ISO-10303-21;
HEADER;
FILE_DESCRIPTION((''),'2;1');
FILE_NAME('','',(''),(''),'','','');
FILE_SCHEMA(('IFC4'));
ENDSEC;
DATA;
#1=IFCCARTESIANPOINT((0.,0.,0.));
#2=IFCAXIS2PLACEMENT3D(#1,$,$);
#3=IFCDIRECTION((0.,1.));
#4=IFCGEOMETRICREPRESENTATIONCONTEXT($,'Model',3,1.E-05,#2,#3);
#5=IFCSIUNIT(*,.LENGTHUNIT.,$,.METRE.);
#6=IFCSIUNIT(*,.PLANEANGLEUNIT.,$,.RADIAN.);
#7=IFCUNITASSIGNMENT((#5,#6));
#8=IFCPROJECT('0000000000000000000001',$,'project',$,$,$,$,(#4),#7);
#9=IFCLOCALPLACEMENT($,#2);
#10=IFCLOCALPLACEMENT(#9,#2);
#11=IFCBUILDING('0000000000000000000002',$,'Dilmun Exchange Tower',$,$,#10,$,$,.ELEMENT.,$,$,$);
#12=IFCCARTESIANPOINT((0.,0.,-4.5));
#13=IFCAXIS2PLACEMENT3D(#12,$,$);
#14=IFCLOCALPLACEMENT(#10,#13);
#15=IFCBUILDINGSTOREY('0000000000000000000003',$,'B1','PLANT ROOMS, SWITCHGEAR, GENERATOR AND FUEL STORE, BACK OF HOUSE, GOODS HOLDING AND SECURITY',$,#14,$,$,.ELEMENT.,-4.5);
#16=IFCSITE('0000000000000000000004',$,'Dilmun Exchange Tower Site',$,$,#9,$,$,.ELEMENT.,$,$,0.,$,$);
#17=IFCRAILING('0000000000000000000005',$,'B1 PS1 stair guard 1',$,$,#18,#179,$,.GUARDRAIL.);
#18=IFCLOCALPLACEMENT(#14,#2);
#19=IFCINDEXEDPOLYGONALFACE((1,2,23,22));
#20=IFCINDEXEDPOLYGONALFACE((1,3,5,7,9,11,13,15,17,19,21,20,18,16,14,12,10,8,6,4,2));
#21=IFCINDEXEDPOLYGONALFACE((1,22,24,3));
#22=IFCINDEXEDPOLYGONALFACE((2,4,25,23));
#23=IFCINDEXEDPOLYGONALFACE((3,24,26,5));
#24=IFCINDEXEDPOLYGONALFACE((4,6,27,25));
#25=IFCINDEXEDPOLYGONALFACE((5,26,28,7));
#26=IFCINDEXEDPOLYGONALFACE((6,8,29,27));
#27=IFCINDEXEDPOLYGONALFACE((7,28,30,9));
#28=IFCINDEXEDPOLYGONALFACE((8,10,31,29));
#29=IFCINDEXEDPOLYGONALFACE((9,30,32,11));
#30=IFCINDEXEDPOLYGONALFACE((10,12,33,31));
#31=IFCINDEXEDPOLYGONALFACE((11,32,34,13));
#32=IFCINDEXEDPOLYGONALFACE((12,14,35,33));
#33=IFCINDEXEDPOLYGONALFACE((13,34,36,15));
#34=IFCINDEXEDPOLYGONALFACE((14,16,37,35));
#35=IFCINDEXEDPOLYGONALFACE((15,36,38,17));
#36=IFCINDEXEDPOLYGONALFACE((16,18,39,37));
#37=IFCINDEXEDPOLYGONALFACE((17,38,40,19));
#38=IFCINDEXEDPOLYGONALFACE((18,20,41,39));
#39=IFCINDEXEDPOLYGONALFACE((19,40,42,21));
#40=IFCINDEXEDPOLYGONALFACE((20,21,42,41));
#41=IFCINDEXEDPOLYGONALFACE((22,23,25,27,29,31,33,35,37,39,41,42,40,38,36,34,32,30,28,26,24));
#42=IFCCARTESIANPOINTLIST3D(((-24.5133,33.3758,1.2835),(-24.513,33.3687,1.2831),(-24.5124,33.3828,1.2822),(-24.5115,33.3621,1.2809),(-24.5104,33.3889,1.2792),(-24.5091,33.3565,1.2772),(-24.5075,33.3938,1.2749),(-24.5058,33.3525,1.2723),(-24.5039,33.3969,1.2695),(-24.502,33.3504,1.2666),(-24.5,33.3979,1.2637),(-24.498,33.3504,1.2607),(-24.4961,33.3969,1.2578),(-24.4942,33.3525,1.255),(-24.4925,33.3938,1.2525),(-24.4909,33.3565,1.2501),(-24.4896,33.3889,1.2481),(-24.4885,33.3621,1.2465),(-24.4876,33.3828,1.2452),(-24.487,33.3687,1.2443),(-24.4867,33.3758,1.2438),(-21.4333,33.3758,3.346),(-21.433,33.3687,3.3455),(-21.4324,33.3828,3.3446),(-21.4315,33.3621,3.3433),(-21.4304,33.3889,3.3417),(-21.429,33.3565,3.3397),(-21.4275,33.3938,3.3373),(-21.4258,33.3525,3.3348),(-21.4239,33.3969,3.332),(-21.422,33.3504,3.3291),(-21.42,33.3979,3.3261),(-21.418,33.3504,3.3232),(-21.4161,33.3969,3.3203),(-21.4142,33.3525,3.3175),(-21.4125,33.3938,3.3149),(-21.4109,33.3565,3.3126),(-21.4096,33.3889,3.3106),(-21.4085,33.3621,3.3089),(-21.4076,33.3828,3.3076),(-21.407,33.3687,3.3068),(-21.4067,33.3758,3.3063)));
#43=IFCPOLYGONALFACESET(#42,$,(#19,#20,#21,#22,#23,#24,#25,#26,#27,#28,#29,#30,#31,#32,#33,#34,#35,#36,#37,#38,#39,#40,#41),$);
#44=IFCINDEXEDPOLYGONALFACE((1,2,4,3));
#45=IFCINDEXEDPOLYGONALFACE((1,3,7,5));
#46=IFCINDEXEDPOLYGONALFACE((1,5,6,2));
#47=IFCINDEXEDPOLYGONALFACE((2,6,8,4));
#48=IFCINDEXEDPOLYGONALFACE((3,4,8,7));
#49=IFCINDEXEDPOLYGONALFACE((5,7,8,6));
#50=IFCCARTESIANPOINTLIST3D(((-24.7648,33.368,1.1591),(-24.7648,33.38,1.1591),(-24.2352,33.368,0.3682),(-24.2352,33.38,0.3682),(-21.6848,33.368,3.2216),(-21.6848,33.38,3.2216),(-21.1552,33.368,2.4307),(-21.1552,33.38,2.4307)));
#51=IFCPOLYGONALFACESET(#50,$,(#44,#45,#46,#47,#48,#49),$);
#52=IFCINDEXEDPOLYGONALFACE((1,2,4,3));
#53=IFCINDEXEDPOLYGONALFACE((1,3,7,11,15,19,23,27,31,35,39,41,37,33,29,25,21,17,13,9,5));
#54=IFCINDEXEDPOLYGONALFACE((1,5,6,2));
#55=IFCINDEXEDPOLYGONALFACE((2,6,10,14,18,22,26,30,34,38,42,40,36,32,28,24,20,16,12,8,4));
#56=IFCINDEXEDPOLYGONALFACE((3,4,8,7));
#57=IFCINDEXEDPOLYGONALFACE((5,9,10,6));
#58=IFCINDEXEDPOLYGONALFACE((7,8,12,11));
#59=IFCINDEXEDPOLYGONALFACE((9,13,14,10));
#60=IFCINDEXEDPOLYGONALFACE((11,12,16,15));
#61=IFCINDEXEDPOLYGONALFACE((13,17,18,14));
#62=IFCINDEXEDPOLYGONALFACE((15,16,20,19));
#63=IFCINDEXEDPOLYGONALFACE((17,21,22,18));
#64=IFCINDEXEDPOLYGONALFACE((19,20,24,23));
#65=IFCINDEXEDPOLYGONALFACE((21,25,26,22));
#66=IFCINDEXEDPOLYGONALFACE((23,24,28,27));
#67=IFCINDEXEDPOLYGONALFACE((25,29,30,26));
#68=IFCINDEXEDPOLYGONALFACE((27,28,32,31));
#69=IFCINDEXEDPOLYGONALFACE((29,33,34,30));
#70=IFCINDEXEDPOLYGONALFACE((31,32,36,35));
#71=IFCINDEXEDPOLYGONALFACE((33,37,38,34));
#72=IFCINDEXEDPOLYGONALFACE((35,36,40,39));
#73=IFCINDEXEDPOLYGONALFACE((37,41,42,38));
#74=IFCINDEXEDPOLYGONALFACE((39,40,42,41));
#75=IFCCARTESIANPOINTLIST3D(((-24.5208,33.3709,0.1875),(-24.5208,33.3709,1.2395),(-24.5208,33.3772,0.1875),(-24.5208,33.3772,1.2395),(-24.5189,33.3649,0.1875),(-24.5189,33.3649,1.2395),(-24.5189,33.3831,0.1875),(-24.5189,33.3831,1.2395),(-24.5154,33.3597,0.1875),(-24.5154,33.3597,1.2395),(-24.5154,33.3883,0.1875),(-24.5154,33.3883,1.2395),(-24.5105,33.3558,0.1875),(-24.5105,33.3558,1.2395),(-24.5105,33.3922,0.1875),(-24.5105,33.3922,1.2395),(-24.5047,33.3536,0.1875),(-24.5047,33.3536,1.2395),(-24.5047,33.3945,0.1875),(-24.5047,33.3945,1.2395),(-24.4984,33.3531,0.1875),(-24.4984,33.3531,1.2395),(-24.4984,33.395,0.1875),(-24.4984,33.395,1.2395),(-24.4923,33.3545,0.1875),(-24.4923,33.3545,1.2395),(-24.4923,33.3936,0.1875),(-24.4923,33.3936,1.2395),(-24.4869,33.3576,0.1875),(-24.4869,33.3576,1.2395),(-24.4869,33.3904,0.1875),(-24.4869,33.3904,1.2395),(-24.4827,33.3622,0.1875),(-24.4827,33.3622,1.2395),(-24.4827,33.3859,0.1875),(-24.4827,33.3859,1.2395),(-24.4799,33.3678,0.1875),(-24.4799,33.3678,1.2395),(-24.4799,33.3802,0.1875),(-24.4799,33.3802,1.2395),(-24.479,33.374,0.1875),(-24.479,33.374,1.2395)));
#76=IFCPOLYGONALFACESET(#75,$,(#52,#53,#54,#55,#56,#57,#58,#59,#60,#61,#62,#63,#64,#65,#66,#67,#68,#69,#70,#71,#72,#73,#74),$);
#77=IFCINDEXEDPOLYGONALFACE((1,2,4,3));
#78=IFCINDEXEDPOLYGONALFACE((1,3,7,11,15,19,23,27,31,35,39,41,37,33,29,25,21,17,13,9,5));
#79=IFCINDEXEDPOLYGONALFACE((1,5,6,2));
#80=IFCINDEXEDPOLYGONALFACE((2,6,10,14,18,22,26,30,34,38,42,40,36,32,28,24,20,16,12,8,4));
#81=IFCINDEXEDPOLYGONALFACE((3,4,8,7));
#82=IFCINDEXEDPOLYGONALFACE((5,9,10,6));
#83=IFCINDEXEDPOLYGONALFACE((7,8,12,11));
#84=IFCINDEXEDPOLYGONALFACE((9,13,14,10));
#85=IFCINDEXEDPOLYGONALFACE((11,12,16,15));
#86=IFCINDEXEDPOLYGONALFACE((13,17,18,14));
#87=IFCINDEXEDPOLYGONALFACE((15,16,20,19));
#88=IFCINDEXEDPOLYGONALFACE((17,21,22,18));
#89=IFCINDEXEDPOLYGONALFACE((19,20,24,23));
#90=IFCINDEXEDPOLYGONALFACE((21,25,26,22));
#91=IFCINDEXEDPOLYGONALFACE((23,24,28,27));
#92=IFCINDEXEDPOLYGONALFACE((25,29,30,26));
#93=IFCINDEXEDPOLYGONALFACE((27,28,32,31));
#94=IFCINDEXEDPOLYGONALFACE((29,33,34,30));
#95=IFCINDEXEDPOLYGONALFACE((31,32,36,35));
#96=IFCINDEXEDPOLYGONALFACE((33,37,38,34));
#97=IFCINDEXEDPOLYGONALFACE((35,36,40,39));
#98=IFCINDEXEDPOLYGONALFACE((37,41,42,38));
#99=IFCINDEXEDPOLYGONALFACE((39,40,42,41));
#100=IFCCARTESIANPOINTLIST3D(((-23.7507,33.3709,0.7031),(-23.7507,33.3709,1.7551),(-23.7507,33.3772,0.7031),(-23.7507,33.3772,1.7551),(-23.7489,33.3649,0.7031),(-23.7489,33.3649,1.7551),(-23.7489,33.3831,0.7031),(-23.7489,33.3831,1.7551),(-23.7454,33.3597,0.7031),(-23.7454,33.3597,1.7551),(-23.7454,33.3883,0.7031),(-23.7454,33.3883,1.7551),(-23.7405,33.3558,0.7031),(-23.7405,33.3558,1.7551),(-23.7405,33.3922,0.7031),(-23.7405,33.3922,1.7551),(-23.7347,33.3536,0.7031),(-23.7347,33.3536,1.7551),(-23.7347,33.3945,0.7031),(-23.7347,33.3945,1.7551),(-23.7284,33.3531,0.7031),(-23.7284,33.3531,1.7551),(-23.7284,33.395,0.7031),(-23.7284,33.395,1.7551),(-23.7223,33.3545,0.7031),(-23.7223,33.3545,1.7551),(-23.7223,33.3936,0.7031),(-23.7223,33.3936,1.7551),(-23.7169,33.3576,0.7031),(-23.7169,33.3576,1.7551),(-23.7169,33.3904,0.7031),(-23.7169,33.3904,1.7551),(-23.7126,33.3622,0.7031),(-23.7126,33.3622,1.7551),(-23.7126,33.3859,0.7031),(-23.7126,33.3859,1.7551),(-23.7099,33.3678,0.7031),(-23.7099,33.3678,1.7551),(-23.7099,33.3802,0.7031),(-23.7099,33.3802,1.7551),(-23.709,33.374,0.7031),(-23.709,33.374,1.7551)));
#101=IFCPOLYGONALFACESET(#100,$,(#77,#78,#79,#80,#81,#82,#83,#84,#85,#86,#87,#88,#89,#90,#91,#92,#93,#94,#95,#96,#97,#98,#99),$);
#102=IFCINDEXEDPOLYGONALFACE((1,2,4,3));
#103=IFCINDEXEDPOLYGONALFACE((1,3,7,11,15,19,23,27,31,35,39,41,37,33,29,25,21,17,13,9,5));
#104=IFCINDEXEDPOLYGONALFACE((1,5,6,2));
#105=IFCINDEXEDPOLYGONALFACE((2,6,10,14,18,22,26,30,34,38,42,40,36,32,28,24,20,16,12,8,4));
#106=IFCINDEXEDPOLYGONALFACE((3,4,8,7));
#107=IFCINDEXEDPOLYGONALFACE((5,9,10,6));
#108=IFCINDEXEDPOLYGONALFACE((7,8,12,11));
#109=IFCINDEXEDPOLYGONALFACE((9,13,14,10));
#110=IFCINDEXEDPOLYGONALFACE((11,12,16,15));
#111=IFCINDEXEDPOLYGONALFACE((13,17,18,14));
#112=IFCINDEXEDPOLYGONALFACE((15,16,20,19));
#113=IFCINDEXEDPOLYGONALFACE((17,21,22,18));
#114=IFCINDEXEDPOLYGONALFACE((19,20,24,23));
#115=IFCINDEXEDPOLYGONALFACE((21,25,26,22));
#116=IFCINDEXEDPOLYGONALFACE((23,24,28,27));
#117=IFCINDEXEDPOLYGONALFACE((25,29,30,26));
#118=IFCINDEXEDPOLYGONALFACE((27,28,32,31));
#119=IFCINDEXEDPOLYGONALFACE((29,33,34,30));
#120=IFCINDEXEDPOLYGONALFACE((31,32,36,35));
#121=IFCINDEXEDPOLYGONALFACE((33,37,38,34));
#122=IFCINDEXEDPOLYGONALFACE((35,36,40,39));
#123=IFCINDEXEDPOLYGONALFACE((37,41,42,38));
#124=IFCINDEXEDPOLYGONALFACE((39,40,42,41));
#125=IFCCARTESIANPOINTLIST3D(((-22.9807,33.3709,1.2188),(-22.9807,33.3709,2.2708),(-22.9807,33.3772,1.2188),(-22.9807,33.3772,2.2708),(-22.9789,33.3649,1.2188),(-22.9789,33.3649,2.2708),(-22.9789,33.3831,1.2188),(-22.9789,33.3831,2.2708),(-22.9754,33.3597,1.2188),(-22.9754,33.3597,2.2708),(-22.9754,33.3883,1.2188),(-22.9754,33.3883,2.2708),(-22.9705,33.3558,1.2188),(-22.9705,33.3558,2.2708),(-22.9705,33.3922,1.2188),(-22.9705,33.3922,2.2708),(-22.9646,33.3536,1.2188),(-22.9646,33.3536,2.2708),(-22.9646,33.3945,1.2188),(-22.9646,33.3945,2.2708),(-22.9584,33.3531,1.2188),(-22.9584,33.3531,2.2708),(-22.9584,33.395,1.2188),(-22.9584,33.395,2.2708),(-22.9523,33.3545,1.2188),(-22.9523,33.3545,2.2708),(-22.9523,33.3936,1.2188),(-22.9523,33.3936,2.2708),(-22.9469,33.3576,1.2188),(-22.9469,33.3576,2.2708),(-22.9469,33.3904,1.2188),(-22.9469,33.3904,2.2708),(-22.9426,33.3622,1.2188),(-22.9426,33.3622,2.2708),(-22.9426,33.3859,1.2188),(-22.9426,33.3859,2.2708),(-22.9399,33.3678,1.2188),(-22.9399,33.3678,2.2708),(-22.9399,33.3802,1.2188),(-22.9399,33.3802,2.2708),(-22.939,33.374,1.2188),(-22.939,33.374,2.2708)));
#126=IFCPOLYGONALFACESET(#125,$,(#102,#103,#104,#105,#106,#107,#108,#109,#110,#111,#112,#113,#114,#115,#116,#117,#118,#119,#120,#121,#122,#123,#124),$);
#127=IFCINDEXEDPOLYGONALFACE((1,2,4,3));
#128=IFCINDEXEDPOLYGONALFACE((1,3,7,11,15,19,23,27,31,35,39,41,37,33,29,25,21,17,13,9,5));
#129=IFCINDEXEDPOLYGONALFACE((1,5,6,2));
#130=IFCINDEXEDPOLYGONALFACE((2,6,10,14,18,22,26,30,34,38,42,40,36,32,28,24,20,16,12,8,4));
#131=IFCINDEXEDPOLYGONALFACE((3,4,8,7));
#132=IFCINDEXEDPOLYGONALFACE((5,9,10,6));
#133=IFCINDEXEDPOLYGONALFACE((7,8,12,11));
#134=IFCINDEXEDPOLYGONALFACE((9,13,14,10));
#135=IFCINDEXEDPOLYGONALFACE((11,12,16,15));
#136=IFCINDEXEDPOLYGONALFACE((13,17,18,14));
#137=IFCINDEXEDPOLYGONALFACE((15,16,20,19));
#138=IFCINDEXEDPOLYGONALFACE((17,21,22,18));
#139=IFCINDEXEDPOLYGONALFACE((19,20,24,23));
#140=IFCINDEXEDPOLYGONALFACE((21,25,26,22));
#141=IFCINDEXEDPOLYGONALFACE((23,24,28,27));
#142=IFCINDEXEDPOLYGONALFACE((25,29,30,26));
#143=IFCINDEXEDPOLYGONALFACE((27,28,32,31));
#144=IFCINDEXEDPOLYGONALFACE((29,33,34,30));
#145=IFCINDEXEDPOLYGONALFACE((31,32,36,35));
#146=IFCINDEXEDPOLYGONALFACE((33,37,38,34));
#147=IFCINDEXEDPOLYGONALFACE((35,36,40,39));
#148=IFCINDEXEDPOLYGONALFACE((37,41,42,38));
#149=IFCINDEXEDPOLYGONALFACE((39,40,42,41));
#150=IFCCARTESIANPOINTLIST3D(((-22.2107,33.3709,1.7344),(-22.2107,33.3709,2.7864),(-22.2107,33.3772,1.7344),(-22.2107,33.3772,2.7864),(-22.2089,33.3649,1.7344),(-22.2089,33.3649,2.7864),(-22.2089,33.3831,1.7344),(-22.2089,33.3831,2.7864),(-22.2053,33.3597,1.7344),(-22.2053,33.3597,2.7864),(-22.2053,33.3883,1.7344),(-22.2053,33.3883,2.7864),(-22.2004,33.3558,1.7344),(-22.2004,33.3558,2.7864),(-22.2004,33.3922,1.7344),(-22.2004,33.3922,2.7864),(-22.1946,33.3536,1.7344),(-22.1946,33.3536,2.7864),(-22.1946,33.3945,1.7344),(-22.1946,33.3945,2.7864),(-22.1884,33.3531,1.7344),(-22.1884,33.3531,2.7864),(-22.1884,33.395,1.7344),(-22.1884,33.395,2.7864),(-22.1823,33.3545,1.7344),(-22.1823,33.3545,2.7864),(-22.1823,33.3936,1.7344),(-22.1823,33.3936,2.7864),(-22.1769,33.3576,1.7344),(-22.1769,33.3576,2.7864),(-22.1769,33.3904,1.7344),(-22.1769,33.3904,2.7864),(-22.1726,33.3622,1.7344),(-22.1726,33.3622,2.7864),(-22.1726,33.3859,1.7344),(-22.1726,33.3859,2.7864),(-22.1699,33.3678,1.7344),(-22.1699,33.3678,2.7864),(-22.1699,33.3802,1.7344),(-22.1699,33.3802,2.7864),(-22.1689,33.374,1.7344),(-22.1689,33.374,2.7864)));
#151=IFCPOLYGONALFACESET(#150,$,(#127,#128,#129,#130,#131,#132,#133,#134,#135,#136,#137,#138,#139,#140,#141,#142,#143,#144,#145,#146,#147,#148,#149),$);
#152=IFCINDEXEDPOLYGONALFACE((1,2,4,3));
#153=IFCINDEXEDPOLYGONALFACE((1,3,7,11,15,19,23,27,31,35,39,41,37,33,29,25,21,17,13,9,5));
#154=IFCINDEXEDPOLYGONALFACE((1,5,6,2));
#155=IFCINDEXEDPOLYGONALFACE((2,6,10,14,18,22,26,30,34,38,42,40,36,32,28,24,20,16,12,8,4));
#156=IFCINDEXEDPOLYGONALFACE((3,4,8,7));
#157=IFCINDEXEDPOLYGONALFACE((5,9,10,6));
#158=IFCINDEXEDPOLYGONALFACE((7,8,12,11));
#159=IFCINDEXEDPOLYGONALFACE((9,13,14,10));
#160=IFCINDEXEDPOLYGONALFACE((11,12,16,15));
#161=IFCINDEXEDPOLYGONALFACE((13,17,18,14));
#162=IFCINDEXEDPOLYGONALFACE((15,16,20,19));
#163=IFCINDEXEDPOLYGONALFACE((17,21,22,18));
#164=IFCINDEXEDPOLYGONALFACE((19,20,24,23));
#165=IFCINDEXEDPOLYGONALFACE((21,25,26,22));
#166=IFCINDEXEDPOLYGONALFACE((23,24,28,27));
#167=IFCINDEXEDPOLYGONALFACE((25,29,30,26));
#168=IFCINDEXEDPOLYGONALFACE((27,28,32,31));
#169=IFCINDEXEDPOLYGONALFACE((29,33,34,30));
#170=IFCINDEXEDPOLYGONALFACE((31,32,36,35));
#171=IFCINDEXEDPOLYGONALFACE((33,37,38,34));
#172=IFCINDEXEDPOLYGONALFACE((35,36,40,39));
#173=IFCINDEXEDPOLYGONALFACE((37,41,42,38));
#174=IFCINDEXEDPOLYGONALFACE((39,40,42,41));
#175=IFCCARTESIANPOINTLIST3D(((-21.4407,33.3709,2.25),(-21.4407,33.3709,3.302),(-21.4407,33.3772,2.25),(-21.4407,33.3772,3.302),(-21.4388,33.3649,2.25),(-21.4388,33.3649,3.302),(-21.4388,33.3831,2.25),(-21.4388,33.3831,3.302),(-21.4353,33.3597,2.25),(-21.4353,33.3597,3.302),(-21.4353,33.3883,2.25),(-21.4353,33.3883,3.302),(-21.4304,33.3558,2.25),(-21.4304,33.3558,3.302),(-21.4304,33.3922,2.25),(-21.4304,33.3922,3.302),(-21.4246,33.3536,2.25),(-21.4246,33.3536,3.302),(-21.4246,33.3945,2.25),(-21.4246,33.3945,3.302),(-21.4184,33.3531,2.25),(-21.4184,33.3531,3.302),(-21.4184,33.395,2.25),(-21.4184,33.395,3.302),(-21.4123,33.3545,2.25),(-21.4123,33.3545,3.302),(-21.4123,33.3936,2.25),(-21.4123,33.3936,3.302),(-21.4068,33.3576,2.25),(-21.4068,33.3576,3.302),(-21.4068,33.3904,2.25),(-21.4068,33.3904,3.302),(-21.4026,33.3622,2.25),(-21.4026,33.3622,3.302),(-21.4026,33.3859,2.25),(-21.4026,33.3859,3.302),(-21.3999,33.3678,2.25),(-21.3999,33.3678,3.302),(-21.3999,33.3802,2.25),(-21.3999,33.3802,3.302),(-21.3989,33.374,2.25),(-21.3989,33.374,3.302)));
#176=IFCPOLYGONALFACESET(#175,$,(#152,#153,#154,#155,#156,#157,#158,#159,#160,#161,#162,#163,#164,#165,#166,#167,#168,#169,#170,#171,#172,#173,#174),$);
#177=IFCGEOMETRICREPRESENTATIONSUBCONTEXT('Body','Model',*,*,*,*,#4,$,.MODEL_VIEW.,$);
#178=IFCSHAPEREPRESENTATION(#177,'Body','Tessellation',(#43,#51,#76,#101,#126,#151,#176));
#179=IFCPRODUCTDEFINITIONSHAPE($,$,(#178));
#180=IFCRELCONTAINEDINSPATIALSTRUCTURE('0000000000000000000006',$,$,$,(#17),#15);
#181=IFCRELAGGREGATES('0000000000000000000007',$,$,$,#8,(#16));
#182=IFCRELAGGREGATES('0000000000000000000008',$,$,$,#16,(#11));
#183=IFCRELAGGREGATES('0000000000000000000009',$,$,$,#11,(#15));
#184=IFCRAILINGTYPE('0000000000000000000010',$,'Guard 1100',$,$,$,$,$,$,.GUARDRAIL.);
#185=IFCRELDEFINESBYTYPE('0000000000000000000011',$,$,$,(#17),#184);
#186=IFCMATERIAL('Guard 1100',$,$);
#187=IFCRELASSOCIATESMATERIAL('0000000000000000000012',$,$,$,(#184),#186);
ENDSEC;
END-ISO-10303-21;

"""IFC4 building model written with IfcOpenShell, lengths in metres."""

from ifc_helpers import new_model, si_unit, direction, frame, origin, origin_2d, place, context, subcontext, project, spatial, rectangle, circle, extrude, material, type_object, element, save


model = new_model("IFC4")

# Units and contexts
model_context = context("Model", 3, precision=1e-05, world=origin(), true_north=direction((0.0, 1.0)))
body_context = subcontext(model_context, "Body", "Model", "MODEL_VIEW")
ifc_project = project(units=[si_unit("LENGTHUNIT", "METRE"), si_unit("PLANEANGLEUNIT", "RADIAN")], contexts=[model_context])

# Site, building, storey
site_placement = place(None, origin())
site = spatial("IfcSite", under=ifc_project, at=site_placement, Name="Dilmun Exchange Tower Site", CompositionType="ELEMENT", RefElevation=0.0)
building_placement = place(site_placement, origin())
building = spatial("IfcBuilding", under=site, at=building_placement, Name="Dilmun Exchange Tower", CompositionType="ELEMENT")
storey_placement = place(building_placement, frame((0.0, 0.0, -4.5)))
storey = spatial("IfcBuildingStorey", under=building, at=storey_placement, Name="B1", Description="PLANT ROOMS, SWITCHGEAR, GENERATOR AND FUEL STORE, BACK OF HOUSE, GOODS HOLDING AND SECURITY", CompositionType="ELEMENT", Elevation=-4.5)

# Railing
ifc_material_1 = material(Name="Guard 1100")
railing_type_1 = type_object("IfcRailingType", Name="Guard 1100", PredefinedType="GUARDRAIL", material=ifc_material_1)
railing_1_placement = place(storey_placement, frame((-24.5, 33.374, 0.1875)))
element("IfcRailing", 1, at=railing_1_placement, inside=storey, type_object=railing_type_1, Name="B1 PS1 stair guard 1", PredefinedType="GUARDRAIL", context=body_context, shape_type="SweptSolid", body=[
    extrude(circle(Radius=0.0239, at=origin_2d()), frame((0.0, 0.0, 1.0762), z_axis=(0.830914, 0.0, 0.556401), x_axis=(0.0, 1.0, 0.0)), (0.0, 0.0, 1.0), 3.7068),
    extrude(rectangle(XDim=0.012, YDim=0.9519, at=origin_2d()), frame((0.0, 0.0, 0.5762), z_axis=(0.830914, 0.0, 0.556401), x_axis=(0.0, 1.0, 0.0)), (0.0, 0.0, 1.0), 3.7068),
    extrude(circle(Radius=0.021, at=origin_2d()), origin(), (0.0, 0.0, 1.0), 1.052),
    extrude(circle(Radius=0.021, at=origin_2d()), frame((0.77, 0.0, 0.5156)), (0.0, 0.0, 1.0), 1.052),
    extrude(circle(Radius=0.021, at=origin_2d()), frame((1.54, 0.0, 1.0312)), (0.0, 0.0, 1.0), 1.052),
    extrude(circle(Radius=0.021, at=origin_2d()), frame((2.3101, 0.0, 1.5469)), (0.0, 0.0, 1.0), 1.052),
    extrude(circle(Radius=0.021, at=origin_2d()), frame((3.0801, 0.0, 2.0625)), (0.0, 0.0, 1.0), 1.052),
])

save(model, "model.ifc")
